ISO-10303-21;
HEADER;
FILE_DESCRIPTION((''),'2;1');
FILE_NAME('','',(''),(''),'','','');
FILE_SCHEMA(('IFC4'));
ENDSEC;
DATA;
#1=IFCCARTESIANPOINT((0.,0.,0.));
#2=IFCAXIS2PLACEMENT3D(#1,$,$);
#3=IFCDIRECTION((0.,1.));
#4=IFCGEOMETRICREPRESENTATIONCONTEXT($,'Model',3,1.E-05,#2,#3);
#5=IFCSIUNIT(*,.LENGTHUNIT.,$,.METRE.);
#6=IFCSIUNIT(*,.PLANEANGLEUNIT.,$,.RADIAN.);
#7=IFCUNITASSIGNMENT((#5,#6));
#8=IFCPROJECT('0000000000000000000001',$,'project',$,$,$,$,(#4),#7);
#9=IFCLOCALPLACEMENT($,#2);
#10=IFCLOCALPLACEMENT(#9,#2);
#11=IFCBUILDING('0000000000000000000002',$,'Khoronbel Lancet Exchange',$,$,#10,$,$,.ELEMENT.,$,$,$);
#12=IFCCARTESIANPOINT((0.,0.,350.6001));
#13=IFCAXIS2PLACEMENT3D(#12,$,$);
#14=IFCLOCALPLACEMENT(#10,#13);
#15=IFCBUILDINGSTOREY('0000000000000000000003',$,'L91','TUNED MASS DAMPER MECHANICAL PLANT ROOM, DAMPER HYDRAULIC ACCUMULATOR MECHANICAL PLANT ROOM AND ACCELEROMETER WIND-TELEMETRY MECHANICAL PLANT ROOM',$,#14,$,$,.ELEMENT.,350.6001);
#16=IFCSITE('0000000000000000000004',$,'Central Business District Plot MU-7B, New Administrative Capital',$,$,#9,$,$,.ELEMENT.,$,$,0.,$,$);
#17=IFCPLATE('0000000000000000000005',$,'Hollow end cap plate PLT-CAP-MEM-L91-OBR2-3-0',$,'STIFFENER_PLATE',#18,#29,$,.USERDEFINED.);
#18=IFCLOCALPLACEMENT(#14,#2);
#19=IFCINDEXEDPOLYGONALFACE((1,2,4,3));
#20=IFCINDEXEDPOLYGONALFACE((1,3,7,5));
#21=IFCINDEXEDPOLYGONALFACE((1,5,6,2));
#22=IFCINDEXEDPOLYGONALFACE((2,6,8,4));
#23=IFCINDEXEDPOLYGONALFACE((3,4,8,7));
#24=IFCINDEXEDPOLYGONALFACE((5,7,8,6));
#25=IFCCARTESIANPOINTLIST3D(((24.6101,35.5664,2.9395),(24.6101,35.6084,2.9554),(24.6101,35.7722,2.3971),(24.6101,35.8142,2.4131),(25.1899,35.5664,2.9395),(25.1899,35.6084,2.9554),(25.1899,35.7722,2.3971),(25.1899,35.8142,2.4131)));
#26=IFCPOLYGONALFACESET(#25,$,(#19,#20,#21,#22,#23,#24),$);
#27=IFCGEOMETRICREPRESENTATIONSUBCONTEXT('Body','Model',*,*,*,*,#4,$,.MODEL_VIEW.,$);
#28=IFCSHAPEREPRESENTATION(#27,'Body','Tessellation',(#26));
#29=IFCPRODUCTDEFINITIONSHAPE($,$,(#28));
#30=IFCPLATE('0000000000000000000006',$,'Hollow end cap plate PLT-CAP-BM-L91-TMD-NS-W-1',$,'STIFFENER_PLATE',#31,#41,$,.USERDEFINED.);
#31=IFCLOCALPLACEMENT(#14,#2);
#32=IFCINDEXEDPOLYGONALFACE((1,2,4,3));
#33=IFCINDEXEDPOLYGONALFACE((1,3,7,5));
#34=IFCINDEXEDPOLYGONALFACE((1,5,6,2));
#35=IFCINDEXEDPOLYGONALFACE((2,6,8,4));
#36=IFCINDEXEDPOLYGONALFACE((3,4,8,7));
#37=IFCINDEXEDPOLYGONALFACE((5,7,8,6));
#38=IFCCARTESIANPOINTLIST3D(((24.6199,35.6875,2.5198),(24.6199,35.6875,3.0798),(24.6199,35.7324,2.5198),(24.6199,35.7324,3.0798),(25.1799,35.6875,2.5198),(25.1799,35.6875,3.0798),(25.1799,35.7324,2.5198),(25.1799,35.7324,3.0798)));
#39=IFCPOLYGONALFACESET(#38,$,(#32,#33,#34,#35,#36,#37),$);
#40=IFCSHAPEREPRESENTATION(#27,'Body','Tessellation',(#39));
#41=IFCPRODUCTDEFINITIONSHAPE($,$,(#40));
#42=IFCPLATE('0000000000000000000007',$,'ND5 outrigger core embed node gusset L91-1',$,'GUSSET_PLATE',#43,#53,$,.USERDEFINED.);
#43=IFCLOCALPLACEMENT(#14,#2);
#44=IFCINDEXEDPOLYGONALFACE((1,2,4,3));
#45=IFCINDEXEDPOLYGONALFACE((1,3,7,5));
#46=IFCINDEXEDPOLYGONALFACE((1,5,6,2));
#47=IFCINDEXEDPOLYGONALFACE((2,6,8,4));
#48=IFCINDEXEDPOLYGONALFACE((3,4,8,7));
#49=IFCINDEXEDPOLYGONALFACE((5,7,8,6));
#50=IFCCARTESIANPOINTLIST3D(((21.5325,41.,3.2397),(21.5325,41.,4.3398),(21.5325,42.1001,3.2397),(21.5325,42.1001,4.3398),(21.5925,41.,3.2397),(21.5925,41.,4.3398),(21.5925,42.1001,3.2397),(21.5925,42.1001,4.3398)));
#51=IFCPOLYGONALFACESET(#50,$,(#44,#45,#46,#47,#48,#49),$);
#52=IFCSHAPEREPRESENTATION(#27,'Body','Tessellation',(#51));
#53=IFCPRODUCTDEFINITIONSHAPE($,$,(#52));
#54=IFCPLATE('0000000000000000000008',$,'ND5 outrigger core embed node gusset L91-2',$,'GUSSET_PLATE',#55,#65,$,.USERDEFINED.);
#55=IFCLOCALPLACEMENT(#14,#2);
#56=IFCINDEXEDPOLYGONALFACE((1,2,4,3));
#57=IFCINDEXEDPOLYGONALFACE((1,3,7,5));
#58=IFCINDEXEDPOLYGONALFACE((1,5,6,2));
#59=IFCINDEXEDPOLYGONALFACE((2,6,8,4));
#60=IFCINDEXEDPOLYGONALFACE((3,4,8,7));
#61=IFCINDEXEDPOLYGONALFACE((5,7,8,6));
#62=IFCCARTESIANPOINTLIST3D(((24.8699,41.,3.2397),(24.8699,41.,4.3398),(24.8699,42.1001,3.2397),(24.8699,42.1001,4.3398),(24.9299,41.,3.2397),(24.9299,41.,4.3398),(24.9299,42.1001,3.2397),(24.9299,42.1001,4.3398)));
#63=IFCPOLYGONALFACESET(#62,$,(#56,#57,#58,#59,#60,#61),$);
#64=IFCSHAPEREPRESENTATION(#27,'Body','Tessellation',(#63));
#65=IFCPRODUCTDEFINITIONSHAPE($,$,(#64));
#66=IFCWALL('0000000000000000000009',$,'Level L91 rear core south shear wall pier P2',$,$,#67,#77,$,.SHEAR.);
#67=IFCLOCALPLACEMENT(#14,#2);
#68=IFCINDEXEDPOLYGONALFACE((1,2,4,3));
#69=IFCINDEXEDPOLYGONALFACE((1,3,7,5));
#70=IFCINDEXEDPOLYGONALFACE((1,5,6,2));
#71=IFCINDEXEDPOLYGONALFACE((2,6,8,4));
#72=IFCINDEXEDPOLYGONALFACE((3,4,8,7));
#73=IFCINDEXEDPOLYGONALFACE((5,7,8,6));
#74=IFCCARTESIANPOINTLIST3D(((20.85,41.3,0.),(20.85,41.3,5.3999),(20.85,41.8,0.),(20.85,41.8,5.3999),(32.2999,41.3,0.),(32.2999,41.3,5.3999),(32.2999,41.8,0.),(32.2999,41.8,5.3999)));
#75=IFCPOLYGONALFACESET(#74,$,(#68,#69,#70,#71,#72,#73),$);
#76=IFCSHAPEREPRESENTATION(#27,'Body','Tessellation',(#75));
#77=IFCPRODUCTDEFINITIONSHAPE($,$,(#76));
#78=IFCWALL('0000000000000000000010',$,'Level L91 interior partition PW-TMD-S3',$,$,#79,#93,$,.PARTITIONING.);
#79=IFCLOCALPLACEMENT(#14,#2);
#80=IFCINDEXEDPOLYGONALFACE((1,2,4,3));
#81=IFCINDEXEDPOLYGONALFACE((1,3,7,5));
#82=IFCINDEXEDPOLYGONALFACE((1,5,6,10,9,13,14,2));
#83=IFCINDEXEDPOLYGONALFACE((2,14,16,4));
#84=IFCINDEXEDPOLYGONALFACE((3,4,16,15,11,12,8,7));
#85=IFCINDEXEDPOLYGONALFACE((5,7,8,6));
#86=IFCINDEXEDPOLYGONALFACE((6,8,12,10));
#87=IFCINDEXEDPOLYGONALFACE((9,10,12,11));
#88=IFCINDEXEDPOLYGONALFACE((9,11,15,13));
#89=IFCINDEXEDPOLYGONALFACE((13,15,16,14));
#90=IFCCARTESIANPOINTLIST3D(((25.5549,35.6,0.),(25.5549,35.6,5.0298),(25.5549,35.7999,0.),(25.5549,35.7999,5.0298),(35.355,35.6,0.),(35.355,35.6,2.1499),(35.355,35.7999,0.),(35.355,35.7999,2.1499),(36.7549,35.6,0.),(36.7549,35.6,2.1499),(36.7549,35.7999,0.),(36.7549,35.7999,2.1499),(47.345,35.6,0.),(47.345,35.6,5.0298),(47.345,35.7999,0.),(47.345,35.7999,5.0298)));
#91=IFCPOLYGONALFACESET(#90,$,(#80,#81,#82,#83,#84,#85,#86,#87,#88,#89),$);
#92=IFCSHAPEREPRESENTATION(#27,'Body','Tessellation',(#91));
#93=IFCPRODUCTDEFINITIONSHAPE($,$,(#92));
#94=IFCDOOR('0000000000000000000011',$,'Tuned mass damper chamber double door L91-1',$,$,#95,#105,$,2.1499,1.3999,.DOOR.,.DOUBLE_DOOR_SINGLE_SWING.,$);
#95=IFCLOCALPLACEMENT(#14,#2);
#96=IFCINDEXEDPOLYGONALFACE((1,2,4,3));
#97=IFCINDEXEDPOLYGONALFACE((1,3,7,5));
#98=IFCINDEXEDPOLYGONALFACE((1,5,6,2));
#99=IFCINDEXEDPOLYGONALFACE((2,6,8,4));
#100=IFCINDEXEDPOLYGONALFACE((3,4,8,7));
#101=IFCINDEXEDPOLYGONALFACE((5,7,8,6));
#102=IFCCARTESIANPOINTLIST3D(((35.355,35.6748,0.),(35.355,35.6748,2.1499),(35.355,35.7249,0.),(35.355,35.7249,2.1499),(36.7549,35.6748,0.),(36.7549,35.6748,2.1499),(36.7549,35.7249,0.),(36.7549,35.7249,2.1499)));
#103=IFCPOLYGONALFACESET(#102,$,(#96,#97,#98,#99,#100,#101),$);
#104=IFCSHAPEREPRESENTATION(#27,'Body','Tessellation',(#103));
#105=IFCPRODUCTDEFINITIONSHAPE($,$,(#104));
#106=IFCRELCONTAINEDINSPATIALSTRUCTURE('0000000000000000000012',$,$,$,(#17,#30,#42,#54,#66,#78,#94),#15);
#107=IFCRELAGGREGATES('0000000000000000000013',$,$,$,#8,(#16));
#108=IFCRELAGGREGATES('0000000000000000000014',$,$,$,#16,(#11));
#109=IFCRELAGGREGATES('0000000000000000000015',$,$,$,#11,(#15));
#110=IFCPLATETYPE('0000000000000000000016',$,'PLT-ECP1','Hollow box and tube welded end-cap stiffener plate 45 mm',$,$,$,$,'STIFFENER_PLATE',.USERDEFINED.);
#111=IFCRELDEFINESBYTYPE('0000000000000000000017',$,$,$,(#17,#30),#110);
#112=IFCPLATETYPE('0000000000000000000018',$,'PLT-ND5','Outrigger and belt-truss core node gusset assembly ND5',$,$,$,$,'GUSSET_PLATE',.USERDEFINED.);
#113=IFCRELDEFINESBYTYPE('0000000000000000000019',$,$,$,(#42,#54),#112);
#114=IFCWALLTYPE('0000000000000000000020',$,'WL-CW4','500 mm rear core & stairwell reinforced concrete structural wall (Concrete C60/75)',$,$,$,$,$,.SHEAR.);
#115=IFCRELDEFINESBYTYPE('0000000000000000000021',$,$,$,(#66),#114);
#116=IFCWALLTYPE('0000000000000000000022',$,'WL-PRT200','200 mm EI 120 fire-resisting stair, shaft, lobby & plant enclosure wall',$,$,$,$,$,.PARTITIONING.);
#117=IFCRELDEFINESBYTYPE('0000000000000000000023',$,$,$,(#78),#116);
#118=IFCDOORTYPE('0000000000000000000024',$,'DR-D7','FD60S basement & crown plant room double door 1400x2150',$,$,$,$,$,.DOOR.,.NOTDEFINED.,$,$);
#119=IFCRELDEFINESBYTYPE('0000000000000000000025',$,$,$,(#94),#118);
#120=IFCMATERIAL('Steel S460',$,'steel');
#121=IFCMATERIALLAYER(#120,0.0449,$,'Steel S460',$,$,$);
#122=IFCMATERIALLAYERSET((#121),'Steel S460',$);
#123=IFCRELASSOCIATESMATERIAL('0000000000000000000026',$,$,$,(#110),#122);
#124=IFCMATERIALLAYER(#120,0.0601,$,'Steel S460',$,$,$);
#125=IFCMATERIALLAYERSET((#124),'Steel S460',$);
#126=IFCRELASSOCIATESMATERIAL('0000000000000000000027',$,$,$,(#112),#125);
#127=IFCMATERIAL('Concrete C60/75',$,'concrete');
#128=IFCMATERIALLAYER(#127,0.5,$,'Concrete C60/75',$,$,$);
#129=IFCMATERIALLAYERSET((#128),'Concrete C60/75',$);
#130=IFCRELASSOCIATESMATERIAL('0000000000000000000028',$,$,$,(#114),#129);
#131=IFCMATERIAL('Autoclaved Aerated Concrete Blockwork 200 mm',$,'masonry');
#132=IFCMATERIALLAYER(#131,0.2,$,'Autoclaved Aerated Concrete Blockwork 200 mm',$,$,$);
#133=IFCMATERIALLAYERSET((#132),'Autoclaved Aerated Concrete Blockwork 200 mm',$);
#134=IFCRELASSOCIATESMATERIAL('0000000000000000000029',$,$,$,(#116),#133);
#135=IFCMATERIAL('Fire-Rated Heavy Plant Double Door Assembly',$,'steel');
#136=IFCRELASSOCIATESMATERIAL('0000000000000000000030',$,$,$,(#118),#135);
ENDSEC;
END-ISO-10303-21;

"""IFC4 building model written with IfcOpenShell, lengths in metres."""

from ifc_helpers import new_model, si_unit, direction, frame, frame_2d, origin, origin_2d, place, context, subcontext, project, spatial, polyline, rectangle, outline, extrude, material, layer, layer_set, type_object, element, fill, save


model = new_model("IFC4")

# Units and contexts
model_context = context("Model", 3, precision=1e-05, world=origin(), true_north=direction((0.0, 1.0)))
body_context = subcontext(model_context, "Body", "Model", "MODEL_VIEW")
ifc_project = project(units=[si_unit("LENGTHUNIT", "METRE"), si_unit("PLANEANGLEUNIT", "RADIAN")], contexts=[model_context])

# Site, building, storey
site_placement = place(None, origin())
site = spatial("IfcSite", under=ifc_project, at=site_placement, Name="Central Business District Plot MU-7B, New Administrative Capital", CompositionType="ELEMENT", RefElevation=0.0)
building_placement = place(site_placement, origin())
building = spatial("IfcBuilding", under=site, at=building_placement, Name="Khoronbel Lancet Exchange", CompositionType="ELEMENT")
storey_placement = place(building_placement, frame((0.0, 0.0, 350.6001)))
storey = spatial("IfcBuildingStorey", under=building, at=storey_placement, Name="L91", Description="TUNED MASS DAMPER MECHANICAL PLANT ROOM, DAMPER HYDRAULIC ACCUMULATOR MECHANICAL PLANT ROOM AND ACCELEROMETER WIND-TELEMETRY MECHANICAL PLANT ROOM", CompositionType="ELEMENT", Elevation=350.6001)

# Shared definitions
ifc_material_1 = material(Name="Concrete C60/75", Category="concrete")

# Shared definitions
ifc_material_2 = material(Name="Steel S460", Category="steel")

# Plates
ifc_layer_1 = layer(ifc_material_2, 0.0449, Name="Steel S460")
ifc_layer_set_1 = layer_set([ifc_layer_1], Name="Steel S460")
plate_type_1 = type_object("IfcPlateType", Name="PLT-ECP1", Description="Hollow box and tube welded end-cap stiffener plate 45 mm", ElementType="STIFFENER_PLATE", PredefinedType="USERDEFINED", material=ifc_layer_set_1)
for number, where, z_axis, x_axis, name in (
    (1, (25.1899, 35.8142, 2.4131), (0.0, 0.93492, 0.354857), (-1.0, 0.0, 0.0), "Hollow end cap plate PLT-CAP-MEM-L91-OBR2-3-0"),
):
    element("IfcPlate", number, at=place(storey_placement, frame(where, z_axis=z_axis, x_axis=x_axis)), inside=storey, type_object=plate_type_1, Name=name, ObjectType="STIFFENER_PLATE", PredefinedType="USERDEFINED", context=body_context, shape_type="SweptSolid", body=[
        extrude(outline(polyline([(0.0, 0.0), (0.5798, 0.0), (0.5798, 0.5801), (0.0, 0.5801), (0.0, 0.0)])), origin(), (0.0, 0.0, -1.0), 0.0449),
    ])
plate_1_placement = place(storey_placement, frame((24.8999, 35.71, 2.5198), z_axis=(0.0, 0.0, 1.0), x_axis=(0.0, 1.0, 0.0)))
element("IfcPlate", 2, at=plate_1_placement, inside=storey, type_object=plate_type_1, Name="Hollow end cap plate PLT-CAP-BM-L91-TMD-NS-W-1", ObjectType="STIFFENER_PLATE", PredefinedType="USERDEFINED", context=body_context, shape_type="SweptSolid", body=[
    extrude(rectangle(XDim=0.0449, YDim=0.5601, at=origin_2d()), origin(), (0.0, 0.0, 1.0), 0.5601),
])
ifc_layer_2 = layer(ifc_material_2, 0.0601, Name="Steel S460")
ifc_layer_set_2 = layer_set([ifc_layer_2], Name="Steel S460")
plate_type_2 = type_object("IfcPlateType", Name="PLT-ND5", Description="Outrigger and belt-truss core node gusset assembly ND5", ElementType="GUSSET_PLATE", PredefinedType="USERDEFINED", material=ifc_layer_set_2)
for number, where, z_axis, x_axis, name in (
    (3, (21.5625, 41.55, 3.2397), (0.0, 0.0, 1.0), (1.0, 0.0, 0.0), "ND5 outrigger core embed node gusset L91-1"),
    (4, (24.8999, 41.55, 3.2397), (0.0, 0.0, 1.0), (1.0, 0.0, 0.0), "ND5 outrigger core embed node gusset L91-2"),
):
    element("IfcPlate", number, at=place(storey_placement, frame(where, z_axis=z_axis, x_axis=x_axis)), inside=storey, type_object=plate_type_2, Name=name, ObjectType="GUSSET_PLATE", PredefinedType="USERDEFINED", context=body_context, shape_type="SweptSolid", body=[
        extrude(rectangle(XDim=0.0601, YDim=1.1001, at=origin_2d()), origin(), (0.0, 0.0, 1.0), 1.1001),
    ])

# Wall
ifc_layer_3 = layer(ifc_material_1, 0.5, Name="Concrete C60/75")
ifc_layer_set_3 = layer_set([ifc_layer_3], Name="Concrete C60/75")
wall_type_1 = type_object("IfcWallType", Name="WL-CW4", Description="500 mm rear core & stairwell reinforced concrete structural wall (Concrete C60/75)", PredefinedType="SHEAR", material=ifc_layer_set_3)
wall_1_placement = place(storey_placement, frame((32.3, 41.55, 0.0), z_axis=(0.0, 0.0, 1.0), x_axis=(-1.0, 0.0, 0.0)))
element("IfcWall", 5, at=wall_1_placement, inside=storey, type_object=wall_type_1, Name="Level L91 rear core south shear wall pier P2", PredefinedType="SHEAR", context=body_context, shape_type="SweptSolid", body=[
    extrude(rectangle(XDim=11.45, YDim=0.5, at=frame_2d((5.7251, 0.0))), origin(), (0.0, 0.0, 1.0), 5.3999),
])

# Wall, opening, door
ifc_material_3 = material(Name="Autoclaved Aerated Concrete Blockwork 200 mm", Category="masonry")
ifc_layer_4 = layer(ifc_material_3, 0.2, Name="Autoclaved Aerated Concrete Blockwork 200 mm")
ifc_layer_set_4 = layer_set([ifc_layer_4], Name="Autoclaved Aerated Concrete Blockwork 200 mm")
wall_type_2 = type_object("IfcWallType", Name="WL-PRT200", Description="200 mm EI 120 fire-resisting stair, shaft, lobby & plant enclosure wall", PredefinedType="PARTITIONING", material=ifc_layer_set_4)
wall_2_placement = place(storey_placement, frame((25.5549, 35.7, 0.0), z_axis=(0.0, 0.0, 1.0), x_axis=(1.0, 0.0, 0.0)))
wall_2 = element("IfcWall", 6, at=wall_2_placement, inside=storey, type_object=wall_type_2, Name="Level L91 interior partition PW-TMD-S3", PredefinedType="PARTITIONING", context=body_context, shape_type="SweptSolid", body=[
    extrude(rectangle(XDim=21.79, YDim=0.2, at=frame_2d((10.895, 0.0))), origin(), (0.0, 0.0, 1.0), 5.0298),
])
opening_placement = place(wall_2_placement, frame((9.8, 0.0, 0.0)))
opening = element("IfcOpeningElement", 7, at=opening_placement, cuts=wall_2, PredefinedType="OPENING", context=body_context, shape_type="SweptSolid", body=[
    extrude(rectangle(XDim=1.3999, YDim=2.1499, at=frame_2d((0.7, 1.075))), frame((0.0, 0.1099, 0.0), z_axis=(0.0, -1.0, 0.0), x_axis=(1.0, 0.0, 0.0)), (0.0, 0.0, 1.0), 0.22),
])
ifc_material_4 = material(Name="Fire-Rated Heavy Plant Double Door Assembly", Category="steel")
door_type = type_object("IfcDoorType", Name="DR-D7", Description="FD60S basement & crown plant room double door 1400x2150", OperationType="NOTDEFINED", PredefinedType="DOOR", material=ifc_material_4)
door_placement = place(opening_placement, origin())
door = element("IfcDoor", 8, at=door_placement, inside=storey, type_object=door_type, Name="Tuned mass damper chamber double door L91-1", OperationType="DOUBLE_DOOR_SINGLE_SWING", OverallHeight=2.1499, OverallWidth=1.3999, PredefinedType="DOOR", context=body_context, shape_type="SweptSolid", body=[
    extrude(rectangle(XDim=1.3999, YDim=2.1499, at=frame_2d((0.7, 1.075))), frame((0.0, 0.0249, 0.0), z_axis=(0.0, -1.0, 0.0), x_axis=(1.0, 0.0, 0.0)), (0.0, 0.0, 1.0), 0.05),
])
fill(opening, door)

save(model, "model.ifc")
